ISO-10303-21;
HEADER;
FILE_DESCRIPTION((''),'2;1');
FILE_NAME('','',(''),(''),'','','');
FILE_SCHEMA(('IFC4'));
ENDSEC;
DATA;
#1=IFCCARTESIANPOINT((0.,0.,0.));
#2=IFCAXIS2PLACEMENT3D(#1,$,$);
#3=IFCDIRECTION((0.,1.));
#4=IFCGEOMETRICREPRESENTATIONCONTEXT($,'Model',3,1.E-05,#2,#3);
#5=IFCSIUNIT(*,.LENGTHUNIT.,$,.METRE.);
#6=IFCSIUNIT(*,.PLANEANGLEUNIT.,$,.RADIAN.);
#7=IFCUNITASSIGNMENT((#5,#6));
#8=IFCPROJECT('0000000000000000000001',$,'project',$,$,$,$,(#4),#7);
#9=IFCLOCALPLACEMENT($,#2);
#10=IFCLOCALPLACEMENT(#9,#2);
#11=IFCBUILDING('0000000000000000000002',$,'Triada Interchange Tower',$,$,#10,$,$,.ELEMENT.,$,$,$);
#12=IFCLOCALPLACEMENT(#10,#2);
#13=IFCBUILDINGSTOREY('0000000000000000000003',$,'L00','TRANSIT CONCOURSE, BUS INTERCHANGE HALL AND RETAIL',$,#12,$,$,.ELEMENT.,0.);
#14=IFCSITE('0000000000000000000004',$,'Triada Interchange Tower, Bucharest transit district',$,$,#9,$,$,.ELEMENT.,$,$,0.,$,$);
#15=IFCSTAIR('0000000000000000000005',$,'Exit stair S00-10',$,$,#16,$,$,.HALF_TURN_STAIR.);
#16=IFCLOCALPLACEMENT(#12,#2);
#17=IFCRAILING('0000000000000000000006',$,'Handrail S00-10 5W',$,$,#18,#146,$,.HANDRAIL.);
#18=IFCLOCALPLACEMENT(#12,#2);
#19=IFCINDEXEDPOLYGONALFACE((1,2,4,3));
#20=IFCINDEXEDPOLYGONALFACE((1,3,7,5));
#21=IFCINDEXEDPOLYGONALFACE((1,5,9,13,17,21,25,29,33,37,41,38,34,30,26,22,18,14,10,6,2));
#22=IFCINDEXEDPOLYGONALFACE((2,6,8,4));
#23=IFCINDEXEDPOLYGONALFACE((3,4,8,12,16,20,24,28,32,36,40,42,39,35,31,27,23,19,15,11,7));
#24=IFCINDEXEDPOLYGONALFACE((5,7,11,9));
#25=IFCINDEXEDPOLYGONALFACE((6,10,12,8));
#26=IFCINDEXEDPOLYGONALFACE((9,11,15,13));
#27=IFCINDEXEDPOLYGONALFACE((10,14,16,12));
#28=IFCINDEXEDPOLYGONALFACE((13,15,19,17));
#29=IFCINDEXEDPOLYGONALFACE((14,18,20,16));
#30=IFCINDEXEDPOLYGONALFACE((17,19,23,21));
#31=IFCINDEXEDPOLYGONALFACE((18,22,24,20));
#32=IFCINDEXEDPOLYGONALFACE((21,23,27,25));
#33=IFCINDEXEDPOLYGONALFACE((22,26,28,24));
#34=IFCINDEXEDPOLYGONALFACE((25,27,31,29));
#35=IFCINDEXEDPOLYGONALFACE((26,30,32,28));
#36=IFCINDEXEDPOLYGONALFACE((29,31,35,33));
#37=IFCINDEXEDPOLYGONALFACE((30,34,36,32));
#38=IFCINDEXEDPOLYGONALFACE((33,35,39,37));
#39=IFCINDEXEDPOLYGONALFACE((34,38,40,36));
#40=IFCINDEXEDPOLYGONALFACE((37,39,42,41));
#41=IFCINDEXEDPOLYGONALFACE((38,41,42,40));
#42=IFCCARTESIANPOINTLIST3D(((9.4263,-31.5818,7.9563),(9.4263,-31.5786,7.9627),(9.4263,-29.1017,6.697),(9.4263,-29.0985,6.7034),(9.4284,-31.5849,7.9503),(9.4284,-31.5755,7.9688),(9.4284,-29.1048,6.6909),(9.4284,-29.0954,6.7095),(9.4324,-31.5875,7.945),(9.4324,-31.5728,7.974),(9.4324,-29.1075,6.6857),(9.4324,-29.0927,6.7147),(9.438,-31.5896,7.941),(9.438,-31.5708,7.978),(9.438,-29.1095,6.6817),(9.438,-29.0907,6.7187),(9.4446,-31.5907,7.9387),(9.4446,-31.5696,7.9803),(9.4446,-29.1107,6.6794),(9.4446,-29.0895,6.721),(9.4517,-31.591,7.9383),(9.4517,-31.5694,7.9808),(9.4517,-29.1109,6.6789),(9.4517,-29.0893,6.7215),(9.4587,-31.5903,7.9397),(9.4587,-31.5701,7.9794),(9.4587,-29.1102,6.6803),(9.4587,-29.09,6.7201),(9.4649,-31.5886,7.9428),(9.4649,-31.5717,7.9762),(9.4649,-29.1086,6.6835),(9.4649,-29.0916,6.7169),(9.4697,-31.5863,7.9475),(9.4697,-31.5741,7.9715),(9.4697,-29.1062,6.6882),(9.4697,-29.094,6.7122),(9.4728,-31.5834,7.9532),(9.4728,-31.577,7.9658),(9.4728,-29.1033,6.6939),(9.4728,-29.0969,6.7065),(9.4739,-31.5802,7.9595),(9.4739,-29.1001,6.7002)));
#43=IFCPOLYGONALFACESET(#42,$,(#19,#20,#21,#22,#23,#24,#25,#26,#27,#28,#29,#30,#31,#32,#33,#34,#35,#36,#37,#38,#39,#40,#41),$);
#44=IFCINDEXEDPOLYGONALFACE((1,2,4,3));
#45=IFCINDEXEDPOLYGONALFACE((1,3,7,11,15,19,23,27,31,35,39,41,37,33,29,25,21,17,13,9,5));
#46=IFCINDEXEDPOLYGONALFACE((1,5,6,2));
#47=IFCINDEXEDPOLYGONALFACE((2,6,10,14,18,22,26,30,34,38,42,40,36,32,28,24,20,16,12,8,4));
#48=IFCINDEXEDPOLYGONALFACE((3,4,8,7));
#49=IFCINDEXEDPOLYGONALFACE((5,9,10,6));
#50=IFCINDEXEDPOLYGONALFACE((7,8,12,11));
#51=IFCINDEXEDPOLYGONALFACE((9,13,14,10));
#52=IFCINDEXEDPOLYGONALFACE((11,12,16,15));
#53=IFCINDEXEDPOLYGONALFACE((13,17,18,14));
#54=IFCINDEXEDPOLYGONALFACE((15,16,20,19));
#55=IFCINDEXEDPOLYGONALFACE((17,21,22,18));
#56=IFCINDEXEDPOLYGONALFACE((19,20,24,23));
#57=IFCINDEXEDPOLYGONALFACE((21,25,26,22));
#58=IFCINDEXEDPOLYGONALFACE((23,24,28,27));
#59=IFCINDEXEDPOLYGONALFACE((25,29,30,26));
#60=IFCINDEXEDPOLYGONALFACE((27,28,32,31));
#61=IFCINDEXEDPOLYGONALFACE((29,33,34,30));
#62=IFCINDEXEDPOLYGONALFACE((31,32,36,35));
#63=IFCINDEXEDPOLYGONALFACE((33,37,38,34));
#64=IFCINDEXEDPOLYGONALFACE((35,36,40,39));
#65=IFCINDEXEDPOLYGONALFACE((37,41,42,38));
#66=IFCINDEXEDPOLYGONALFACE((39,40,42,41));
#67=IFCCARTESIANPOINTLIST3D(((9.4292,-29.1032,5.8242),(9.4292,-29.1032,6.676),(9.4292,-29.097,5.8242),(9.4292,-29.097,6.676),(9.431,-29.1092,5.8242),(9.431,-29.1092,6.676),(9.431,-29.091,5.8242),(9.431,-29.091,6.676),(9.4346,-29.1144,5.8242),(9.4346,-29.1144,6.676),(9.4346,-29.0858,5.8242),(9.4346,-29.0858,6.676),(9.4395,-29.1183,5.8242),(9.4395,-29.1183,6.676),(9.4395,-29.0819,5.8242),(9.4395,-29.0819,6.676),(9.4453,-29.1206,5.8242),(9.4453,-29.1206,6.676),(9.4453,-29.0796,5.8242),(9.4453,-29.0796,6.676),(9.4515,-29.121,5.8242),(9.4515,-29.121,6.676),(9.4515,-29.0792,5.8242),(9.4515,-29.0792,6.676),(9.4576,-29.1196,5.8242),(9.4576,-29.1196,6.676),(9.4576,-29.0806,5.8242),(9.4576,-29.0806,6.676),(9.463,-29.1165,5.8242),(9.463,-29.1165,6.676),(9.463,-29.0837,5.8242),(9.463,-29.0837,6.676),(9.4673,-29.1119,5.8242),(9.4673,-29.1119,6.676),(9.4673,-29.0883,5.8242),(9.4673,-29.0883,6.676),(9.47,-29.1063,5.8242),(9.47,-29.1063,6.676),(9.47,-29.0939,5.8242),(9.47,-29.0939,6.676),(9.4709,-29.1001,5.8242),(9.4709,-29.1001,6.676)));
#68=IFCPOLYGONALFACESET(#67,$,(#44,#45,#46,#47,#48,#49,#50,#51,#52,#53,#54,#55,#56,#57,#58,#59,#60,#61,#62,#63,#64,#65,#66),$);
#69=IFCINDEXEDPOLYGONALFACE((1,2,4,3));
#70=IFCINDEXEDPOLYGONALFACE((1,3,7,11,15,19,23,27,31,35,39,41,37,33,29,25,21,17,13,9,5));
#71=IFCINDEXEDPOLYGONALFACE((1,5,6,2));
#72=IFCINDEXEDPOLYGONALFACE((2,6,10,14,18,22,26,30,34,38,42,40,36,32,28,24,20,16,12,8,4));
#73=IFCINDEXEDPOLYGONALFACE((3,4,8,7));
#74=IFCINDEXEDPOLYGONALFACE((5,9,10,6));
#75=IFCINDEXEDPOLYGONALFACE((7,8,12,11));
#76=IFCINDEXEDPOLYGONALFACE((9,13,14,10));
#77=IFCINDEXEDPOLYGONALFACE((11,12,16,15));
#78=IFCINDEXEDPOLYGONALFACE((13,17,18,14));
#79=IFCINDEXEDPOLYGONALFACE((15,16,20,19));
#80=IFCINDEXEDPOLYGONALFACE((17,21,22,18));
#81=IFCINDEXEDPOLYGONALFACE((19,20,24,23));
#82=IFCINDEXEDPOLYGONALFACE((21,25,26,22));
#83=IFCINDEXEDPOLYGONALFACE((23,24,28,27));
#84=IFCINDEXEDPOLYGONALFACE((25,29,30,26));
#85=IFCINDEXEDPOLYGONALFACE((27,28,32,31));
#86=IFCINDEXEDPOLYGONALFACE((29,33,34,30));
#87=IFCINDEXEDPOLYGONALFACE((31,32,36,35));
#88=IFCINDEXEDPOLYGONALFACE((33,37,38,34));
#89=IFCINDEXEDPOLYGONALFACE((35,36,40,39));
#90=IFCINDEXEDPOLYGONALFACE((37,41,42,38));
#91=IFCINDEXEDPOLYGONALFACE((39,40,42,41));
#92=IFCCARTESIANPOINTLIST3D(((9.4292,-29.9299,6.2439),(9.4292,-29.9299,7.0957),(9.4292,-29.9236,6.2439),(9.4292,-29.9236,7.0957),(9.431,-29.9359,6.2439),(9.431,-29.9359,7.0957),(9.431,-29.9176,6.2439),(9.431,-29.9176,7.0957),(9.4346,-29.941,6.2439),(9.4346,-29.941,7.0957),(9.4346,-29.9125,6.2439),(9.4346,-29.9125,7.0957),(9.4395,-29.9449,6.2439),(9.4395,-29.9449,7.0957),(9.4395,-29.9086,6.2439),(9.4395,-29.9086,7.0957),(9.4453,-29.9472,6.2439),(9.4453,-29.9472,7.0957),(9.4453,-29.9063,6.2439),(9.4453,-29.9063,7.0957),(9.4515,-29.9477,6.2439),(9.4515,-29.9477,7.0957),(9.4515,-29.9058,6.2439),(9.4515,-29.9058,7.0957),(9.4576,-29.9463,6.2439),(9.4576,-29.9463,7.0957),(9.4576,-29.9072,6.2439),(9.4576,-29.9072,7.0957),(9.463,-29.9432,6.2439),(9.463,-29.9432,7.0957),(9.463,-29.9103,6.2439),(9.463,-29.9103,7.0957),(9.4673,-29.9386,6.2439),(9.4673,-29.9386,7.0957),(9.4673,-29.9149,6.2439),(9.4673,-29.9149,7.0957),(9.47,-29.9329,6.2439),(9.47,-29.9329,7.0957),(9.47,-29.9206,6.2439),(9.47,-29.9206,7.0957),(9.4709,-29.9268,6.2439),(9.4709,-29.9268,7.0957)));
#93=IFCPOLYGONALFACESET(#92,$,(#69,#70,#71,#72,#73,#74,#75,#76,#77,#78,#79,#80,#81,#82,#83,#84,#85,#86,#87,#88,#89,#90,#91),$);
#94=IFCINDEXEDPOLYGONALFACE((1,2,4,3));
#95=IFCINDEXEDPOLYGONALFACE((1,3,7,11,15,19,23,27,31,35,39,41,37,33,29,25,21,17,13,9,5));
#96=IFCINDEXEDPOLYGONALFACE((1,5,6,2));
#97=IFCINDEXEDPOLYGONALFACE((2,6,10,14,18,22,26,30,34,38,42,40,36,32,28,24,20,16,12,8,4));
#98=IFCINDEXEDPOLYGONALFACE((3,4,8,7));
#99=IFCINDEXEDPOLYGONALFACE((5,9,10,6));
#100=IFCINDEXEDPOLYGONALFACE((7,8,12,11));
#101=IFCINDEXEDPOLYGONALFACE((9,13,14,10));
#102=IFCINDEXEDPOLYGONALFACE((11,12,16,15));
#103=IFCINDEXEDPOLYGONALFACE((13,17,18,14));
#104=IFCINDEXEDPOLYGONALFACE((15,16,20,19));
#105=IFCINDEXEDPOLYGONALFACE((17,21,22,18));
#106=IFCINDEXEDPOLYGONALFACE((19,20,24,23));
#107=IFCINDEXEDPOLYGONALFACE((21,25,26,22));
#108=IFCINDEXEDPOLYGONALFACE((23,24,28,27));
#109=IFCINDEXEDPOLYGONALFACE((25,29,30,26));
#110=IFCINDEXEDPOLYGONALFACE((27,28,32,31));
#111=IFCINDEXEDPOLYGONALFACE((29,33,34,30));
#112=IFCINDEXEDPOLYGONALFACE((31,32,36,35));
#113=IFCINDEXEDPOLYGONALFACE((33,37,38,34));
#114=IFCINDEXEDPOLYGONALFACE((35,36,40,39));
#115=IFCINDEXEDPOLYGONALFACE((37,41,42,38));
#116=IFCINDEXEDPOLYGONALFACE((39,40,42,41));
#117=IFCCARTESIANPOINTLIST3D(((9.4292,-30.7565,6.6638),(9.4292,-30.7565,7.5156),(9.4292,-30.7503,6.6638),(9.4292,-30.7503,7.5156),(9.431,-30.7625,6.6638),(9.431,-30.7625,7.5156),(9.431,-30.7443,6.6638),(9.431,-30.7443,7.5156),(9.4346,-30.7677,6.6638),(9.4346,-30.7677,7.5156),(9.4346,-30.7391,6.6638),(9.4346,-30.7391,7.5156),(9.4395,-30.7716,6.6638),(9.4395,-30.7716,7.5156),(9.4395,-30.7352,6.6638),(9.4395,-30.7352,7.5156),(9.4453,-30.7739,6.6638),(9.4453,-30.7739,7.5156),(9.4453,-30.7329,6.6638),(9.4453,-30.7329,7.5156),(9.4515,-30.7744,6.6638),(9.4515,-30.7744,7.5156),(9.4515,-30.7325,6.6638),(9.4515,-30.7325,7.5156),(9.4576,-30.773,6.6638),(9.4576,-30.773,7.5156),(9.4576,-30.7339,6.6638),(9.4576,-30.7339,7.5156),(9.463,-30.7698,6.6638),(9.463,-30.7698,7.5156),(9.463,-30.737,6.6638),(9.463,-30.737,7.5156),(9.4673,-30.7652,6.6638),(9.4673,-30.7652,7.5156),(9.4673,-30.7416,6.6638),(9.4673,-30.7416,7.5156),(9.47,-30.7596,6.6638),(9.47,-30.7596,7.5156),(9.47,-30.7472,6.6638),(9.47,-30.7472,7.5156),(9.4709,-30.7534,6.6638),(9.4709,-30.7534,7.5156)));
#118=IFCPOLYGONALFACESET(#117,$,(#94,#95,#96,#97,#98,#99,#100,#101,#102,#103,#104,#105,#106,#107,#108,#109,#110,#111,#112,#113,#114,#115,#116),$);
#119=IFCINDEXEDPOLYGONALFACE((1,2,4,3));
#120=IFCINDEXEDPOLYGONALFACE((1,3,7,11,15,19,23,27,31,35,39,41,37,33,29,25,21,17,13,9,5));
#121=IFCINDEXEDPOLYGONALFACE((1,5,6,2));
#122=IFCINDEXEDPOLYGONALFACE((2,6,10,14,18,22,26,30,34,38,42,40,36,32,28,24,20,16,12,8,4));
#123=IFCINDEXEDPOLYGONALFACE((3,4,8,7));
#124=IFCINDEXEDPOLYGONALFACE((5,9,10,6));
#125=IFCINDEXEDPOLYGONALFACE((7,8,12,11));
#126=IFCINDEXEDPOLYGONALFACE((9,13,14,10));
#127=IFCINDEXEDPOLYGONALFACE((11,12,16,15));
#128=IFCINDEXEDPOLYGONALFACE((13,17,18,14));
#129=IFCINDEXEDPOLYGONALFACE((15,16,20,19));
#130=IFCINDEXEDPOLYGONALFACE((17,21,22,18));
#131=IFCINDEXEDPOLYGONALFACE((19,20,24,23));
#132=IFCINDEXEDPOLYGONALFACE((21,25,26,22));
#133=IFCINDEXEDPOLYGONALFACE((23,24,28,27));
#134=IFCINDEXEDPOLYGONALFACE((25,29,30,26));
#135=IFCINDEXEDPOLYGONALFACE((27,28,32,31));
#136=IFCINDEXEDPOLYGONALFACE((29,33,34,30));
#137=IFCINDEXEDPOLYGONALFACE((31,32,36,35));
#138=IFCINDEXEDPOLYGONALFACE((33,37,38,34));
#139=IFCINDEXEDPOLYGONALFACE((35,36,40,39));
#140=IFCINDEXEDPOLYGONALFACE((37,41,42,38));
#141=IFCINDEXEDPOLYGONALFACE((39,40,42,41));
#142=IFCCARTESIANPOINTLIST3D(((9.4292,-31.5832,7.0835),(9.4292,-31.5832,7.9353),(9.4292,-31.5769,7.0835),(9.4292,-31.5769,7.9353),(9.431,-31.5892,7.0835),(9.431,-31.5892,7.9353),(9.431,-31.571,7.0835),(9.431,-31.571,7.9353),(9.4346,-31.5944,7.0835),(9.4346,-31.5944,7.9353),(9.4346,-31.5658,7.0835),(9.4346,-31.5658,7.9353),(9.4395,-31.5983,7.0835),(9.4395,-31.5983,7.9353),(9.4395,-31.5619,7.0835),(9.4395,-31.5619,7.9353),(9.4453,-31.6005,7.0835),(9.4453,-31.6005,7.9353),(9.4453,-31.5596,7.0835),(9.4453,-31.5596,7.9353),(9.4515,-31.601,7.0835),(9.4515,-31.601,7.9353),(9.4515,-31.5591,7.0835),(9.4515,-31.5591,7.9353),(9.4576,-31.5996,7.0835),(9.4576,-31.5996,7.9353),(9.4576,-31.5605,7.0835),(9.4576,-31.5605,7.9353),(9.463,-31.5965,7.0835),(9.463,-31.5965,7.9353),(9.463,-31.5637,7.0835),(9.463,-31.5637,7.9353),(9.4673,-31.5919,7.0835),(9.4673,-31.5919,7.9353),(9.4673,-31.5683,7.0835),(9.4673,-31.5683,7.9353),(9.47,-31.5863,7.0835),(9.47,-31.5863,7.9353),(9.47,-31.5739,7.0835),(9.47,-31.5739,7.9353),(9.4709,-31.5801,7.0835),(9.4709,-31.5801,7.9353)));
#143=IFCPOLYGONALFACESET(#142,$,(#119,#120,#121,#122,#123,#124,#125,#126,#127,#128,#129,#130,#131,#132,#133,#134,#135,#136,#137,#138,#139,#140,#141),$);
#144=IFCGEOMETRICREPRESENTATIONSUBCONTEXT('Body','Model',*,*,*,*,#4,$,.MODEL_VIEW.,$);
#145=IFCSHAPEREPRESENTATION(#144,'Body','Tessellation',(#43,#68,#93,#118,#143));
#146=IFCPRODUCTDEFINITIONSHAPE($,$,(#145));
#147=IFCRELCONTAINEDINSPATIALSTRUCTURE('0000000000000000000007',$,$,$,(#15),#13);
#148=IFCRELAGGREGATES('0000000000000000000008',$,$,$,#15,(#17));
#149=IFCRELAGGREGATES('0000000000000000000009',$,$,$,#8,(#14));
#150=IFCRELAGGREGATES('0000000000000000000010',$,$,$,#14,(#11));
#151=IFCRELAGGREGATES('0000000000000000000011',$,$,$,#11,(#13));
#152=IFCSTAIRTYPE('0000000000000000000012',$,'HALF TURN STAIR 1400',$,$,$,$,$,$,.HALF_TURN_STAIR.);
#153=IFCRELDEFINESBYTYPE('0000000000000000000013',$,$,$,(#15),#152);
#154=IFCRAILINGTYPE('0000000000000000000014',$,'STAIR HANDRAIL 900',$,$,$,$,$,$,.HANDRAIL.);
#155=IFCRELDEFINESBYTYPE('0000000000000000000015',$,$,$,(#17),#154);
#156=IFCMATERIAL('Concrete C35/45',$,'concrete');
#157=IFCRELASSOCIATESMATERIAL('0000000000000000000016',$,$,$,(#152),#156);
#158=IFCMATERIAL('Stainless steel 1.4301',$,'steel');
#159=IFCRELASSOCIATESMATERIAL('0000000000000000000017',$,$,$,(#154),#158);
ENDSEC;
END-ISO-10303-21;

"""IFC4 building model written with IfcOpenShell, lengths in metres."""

from ifc_helpers import new_model, si_unit, direction, frame, origin, origin_2d, place, context, subcontext, project, spatial, circle, extrude, material, type_object, element, aggregate, save


model = new_model("IFC4")

# Units and contexts
model_context = context("Model", 3, precision=1e-05, world=origin(), true_north=direction((0.0, 1.0)))
body_context = subcontext(model_context, "Body", "Model", "MODEL_VIEW")
ifc_project = project(units=[si_unit("LENGTHUNIT", "METRE"), si_unit("PLANEANGLEUNIT", "RADIAN")], contexts=[model_context])

# Site, building, storey
site_placement = place(None, origin())
site = spatial("IfcSite", under=ifc_project, at=site_placement, Name="Triada Interchange Tower, Bucharest transit district", CompositionType="ELEMENT", RefElevation=0.0)
building_placement = place(site_placement, origin())
building = spatial("IfcBuilding", under=site, at=building_placement, Name="Triada Interchange Tower", CompositionType="ELEMENT")
storey_placement = place(building_placement, origin())
storey = spatial("IfcBuildingStorey", under=building, at=storey_placement, Name="L00", Description="TRANSIT CONCOURSE, BUS INTERCHANGE HALL AND RETAIL", CompositionType="ELEMENT", Elevation=0.0)

# Stair, railing
ifc_material_1 = material(Name="Concrete C35/45", Category="concrete")
stair_type = type_object("IfcStairType", Name="HALF TURN STAIR 1400", PredefinedType="HALF_TURN_STAIR", material=ifc_material_1)
stair_placement = place(storey_placement, origin())
stair = element("IfcStair", 1, at=stair_placement, inside=storey, type_object=stair_type, Name="Exit stair S00-10", PredefinedType="HALF_TURN_STAIR")
ifc_material_2 = material(Name="Stainless steel 1.4301", Category="steel")
railing_type = type_object("IfcRailingType", Name="STAIR HANDRAIL 900", PredefinedType="HANDRAIL", material=ifc_material_2)
railing_1_placement = place(storey_placement, frame((9.45, -29.1001, 5.8242)))
railing_1 = element("IfcRailing", 2, at=railing_1_placement, type_object=railing_type, Name="Handrail S00-10 5W", PredefinedType="HANDRAIL", context=body_context, shape_type="SweptSolid", body=[
    extrude(circle(Radius=0.0239, at=origin_2d()), frame((0.0, 0.0, 0.876), z_axis=(0.0, -0.891636, 0.452752), x_axis=(1.0, 0.0, 0.0)), (0.0, 0.0, 1.0), 2.7815),
    extrude(circle(Radius=0.021, at=origin_2d()), origin(), (0.0, 0.0, 1.0), 0.8518),
    extrude(circle(Radius=0.021, at=origin_2d()), frame((0.0, -0.8267, 0.4197)), (0.0, 0.0, 1.0), 0.8518),
    extrude(circle(Radius=0.021, at=origin_2d()), frame((0.0, -1.6533, 0.8396)), (0.0, 0.0, 1.0), 0.8518),
    extrude(circle(Radius=0.021, at=origin_2d()), frame((0.0, -2.48, 1.2593)), (0.0, 0.0, 1.0), 0.8518),
])
aggregate(stair, [railing_1])

save(model, "model.ifc")
